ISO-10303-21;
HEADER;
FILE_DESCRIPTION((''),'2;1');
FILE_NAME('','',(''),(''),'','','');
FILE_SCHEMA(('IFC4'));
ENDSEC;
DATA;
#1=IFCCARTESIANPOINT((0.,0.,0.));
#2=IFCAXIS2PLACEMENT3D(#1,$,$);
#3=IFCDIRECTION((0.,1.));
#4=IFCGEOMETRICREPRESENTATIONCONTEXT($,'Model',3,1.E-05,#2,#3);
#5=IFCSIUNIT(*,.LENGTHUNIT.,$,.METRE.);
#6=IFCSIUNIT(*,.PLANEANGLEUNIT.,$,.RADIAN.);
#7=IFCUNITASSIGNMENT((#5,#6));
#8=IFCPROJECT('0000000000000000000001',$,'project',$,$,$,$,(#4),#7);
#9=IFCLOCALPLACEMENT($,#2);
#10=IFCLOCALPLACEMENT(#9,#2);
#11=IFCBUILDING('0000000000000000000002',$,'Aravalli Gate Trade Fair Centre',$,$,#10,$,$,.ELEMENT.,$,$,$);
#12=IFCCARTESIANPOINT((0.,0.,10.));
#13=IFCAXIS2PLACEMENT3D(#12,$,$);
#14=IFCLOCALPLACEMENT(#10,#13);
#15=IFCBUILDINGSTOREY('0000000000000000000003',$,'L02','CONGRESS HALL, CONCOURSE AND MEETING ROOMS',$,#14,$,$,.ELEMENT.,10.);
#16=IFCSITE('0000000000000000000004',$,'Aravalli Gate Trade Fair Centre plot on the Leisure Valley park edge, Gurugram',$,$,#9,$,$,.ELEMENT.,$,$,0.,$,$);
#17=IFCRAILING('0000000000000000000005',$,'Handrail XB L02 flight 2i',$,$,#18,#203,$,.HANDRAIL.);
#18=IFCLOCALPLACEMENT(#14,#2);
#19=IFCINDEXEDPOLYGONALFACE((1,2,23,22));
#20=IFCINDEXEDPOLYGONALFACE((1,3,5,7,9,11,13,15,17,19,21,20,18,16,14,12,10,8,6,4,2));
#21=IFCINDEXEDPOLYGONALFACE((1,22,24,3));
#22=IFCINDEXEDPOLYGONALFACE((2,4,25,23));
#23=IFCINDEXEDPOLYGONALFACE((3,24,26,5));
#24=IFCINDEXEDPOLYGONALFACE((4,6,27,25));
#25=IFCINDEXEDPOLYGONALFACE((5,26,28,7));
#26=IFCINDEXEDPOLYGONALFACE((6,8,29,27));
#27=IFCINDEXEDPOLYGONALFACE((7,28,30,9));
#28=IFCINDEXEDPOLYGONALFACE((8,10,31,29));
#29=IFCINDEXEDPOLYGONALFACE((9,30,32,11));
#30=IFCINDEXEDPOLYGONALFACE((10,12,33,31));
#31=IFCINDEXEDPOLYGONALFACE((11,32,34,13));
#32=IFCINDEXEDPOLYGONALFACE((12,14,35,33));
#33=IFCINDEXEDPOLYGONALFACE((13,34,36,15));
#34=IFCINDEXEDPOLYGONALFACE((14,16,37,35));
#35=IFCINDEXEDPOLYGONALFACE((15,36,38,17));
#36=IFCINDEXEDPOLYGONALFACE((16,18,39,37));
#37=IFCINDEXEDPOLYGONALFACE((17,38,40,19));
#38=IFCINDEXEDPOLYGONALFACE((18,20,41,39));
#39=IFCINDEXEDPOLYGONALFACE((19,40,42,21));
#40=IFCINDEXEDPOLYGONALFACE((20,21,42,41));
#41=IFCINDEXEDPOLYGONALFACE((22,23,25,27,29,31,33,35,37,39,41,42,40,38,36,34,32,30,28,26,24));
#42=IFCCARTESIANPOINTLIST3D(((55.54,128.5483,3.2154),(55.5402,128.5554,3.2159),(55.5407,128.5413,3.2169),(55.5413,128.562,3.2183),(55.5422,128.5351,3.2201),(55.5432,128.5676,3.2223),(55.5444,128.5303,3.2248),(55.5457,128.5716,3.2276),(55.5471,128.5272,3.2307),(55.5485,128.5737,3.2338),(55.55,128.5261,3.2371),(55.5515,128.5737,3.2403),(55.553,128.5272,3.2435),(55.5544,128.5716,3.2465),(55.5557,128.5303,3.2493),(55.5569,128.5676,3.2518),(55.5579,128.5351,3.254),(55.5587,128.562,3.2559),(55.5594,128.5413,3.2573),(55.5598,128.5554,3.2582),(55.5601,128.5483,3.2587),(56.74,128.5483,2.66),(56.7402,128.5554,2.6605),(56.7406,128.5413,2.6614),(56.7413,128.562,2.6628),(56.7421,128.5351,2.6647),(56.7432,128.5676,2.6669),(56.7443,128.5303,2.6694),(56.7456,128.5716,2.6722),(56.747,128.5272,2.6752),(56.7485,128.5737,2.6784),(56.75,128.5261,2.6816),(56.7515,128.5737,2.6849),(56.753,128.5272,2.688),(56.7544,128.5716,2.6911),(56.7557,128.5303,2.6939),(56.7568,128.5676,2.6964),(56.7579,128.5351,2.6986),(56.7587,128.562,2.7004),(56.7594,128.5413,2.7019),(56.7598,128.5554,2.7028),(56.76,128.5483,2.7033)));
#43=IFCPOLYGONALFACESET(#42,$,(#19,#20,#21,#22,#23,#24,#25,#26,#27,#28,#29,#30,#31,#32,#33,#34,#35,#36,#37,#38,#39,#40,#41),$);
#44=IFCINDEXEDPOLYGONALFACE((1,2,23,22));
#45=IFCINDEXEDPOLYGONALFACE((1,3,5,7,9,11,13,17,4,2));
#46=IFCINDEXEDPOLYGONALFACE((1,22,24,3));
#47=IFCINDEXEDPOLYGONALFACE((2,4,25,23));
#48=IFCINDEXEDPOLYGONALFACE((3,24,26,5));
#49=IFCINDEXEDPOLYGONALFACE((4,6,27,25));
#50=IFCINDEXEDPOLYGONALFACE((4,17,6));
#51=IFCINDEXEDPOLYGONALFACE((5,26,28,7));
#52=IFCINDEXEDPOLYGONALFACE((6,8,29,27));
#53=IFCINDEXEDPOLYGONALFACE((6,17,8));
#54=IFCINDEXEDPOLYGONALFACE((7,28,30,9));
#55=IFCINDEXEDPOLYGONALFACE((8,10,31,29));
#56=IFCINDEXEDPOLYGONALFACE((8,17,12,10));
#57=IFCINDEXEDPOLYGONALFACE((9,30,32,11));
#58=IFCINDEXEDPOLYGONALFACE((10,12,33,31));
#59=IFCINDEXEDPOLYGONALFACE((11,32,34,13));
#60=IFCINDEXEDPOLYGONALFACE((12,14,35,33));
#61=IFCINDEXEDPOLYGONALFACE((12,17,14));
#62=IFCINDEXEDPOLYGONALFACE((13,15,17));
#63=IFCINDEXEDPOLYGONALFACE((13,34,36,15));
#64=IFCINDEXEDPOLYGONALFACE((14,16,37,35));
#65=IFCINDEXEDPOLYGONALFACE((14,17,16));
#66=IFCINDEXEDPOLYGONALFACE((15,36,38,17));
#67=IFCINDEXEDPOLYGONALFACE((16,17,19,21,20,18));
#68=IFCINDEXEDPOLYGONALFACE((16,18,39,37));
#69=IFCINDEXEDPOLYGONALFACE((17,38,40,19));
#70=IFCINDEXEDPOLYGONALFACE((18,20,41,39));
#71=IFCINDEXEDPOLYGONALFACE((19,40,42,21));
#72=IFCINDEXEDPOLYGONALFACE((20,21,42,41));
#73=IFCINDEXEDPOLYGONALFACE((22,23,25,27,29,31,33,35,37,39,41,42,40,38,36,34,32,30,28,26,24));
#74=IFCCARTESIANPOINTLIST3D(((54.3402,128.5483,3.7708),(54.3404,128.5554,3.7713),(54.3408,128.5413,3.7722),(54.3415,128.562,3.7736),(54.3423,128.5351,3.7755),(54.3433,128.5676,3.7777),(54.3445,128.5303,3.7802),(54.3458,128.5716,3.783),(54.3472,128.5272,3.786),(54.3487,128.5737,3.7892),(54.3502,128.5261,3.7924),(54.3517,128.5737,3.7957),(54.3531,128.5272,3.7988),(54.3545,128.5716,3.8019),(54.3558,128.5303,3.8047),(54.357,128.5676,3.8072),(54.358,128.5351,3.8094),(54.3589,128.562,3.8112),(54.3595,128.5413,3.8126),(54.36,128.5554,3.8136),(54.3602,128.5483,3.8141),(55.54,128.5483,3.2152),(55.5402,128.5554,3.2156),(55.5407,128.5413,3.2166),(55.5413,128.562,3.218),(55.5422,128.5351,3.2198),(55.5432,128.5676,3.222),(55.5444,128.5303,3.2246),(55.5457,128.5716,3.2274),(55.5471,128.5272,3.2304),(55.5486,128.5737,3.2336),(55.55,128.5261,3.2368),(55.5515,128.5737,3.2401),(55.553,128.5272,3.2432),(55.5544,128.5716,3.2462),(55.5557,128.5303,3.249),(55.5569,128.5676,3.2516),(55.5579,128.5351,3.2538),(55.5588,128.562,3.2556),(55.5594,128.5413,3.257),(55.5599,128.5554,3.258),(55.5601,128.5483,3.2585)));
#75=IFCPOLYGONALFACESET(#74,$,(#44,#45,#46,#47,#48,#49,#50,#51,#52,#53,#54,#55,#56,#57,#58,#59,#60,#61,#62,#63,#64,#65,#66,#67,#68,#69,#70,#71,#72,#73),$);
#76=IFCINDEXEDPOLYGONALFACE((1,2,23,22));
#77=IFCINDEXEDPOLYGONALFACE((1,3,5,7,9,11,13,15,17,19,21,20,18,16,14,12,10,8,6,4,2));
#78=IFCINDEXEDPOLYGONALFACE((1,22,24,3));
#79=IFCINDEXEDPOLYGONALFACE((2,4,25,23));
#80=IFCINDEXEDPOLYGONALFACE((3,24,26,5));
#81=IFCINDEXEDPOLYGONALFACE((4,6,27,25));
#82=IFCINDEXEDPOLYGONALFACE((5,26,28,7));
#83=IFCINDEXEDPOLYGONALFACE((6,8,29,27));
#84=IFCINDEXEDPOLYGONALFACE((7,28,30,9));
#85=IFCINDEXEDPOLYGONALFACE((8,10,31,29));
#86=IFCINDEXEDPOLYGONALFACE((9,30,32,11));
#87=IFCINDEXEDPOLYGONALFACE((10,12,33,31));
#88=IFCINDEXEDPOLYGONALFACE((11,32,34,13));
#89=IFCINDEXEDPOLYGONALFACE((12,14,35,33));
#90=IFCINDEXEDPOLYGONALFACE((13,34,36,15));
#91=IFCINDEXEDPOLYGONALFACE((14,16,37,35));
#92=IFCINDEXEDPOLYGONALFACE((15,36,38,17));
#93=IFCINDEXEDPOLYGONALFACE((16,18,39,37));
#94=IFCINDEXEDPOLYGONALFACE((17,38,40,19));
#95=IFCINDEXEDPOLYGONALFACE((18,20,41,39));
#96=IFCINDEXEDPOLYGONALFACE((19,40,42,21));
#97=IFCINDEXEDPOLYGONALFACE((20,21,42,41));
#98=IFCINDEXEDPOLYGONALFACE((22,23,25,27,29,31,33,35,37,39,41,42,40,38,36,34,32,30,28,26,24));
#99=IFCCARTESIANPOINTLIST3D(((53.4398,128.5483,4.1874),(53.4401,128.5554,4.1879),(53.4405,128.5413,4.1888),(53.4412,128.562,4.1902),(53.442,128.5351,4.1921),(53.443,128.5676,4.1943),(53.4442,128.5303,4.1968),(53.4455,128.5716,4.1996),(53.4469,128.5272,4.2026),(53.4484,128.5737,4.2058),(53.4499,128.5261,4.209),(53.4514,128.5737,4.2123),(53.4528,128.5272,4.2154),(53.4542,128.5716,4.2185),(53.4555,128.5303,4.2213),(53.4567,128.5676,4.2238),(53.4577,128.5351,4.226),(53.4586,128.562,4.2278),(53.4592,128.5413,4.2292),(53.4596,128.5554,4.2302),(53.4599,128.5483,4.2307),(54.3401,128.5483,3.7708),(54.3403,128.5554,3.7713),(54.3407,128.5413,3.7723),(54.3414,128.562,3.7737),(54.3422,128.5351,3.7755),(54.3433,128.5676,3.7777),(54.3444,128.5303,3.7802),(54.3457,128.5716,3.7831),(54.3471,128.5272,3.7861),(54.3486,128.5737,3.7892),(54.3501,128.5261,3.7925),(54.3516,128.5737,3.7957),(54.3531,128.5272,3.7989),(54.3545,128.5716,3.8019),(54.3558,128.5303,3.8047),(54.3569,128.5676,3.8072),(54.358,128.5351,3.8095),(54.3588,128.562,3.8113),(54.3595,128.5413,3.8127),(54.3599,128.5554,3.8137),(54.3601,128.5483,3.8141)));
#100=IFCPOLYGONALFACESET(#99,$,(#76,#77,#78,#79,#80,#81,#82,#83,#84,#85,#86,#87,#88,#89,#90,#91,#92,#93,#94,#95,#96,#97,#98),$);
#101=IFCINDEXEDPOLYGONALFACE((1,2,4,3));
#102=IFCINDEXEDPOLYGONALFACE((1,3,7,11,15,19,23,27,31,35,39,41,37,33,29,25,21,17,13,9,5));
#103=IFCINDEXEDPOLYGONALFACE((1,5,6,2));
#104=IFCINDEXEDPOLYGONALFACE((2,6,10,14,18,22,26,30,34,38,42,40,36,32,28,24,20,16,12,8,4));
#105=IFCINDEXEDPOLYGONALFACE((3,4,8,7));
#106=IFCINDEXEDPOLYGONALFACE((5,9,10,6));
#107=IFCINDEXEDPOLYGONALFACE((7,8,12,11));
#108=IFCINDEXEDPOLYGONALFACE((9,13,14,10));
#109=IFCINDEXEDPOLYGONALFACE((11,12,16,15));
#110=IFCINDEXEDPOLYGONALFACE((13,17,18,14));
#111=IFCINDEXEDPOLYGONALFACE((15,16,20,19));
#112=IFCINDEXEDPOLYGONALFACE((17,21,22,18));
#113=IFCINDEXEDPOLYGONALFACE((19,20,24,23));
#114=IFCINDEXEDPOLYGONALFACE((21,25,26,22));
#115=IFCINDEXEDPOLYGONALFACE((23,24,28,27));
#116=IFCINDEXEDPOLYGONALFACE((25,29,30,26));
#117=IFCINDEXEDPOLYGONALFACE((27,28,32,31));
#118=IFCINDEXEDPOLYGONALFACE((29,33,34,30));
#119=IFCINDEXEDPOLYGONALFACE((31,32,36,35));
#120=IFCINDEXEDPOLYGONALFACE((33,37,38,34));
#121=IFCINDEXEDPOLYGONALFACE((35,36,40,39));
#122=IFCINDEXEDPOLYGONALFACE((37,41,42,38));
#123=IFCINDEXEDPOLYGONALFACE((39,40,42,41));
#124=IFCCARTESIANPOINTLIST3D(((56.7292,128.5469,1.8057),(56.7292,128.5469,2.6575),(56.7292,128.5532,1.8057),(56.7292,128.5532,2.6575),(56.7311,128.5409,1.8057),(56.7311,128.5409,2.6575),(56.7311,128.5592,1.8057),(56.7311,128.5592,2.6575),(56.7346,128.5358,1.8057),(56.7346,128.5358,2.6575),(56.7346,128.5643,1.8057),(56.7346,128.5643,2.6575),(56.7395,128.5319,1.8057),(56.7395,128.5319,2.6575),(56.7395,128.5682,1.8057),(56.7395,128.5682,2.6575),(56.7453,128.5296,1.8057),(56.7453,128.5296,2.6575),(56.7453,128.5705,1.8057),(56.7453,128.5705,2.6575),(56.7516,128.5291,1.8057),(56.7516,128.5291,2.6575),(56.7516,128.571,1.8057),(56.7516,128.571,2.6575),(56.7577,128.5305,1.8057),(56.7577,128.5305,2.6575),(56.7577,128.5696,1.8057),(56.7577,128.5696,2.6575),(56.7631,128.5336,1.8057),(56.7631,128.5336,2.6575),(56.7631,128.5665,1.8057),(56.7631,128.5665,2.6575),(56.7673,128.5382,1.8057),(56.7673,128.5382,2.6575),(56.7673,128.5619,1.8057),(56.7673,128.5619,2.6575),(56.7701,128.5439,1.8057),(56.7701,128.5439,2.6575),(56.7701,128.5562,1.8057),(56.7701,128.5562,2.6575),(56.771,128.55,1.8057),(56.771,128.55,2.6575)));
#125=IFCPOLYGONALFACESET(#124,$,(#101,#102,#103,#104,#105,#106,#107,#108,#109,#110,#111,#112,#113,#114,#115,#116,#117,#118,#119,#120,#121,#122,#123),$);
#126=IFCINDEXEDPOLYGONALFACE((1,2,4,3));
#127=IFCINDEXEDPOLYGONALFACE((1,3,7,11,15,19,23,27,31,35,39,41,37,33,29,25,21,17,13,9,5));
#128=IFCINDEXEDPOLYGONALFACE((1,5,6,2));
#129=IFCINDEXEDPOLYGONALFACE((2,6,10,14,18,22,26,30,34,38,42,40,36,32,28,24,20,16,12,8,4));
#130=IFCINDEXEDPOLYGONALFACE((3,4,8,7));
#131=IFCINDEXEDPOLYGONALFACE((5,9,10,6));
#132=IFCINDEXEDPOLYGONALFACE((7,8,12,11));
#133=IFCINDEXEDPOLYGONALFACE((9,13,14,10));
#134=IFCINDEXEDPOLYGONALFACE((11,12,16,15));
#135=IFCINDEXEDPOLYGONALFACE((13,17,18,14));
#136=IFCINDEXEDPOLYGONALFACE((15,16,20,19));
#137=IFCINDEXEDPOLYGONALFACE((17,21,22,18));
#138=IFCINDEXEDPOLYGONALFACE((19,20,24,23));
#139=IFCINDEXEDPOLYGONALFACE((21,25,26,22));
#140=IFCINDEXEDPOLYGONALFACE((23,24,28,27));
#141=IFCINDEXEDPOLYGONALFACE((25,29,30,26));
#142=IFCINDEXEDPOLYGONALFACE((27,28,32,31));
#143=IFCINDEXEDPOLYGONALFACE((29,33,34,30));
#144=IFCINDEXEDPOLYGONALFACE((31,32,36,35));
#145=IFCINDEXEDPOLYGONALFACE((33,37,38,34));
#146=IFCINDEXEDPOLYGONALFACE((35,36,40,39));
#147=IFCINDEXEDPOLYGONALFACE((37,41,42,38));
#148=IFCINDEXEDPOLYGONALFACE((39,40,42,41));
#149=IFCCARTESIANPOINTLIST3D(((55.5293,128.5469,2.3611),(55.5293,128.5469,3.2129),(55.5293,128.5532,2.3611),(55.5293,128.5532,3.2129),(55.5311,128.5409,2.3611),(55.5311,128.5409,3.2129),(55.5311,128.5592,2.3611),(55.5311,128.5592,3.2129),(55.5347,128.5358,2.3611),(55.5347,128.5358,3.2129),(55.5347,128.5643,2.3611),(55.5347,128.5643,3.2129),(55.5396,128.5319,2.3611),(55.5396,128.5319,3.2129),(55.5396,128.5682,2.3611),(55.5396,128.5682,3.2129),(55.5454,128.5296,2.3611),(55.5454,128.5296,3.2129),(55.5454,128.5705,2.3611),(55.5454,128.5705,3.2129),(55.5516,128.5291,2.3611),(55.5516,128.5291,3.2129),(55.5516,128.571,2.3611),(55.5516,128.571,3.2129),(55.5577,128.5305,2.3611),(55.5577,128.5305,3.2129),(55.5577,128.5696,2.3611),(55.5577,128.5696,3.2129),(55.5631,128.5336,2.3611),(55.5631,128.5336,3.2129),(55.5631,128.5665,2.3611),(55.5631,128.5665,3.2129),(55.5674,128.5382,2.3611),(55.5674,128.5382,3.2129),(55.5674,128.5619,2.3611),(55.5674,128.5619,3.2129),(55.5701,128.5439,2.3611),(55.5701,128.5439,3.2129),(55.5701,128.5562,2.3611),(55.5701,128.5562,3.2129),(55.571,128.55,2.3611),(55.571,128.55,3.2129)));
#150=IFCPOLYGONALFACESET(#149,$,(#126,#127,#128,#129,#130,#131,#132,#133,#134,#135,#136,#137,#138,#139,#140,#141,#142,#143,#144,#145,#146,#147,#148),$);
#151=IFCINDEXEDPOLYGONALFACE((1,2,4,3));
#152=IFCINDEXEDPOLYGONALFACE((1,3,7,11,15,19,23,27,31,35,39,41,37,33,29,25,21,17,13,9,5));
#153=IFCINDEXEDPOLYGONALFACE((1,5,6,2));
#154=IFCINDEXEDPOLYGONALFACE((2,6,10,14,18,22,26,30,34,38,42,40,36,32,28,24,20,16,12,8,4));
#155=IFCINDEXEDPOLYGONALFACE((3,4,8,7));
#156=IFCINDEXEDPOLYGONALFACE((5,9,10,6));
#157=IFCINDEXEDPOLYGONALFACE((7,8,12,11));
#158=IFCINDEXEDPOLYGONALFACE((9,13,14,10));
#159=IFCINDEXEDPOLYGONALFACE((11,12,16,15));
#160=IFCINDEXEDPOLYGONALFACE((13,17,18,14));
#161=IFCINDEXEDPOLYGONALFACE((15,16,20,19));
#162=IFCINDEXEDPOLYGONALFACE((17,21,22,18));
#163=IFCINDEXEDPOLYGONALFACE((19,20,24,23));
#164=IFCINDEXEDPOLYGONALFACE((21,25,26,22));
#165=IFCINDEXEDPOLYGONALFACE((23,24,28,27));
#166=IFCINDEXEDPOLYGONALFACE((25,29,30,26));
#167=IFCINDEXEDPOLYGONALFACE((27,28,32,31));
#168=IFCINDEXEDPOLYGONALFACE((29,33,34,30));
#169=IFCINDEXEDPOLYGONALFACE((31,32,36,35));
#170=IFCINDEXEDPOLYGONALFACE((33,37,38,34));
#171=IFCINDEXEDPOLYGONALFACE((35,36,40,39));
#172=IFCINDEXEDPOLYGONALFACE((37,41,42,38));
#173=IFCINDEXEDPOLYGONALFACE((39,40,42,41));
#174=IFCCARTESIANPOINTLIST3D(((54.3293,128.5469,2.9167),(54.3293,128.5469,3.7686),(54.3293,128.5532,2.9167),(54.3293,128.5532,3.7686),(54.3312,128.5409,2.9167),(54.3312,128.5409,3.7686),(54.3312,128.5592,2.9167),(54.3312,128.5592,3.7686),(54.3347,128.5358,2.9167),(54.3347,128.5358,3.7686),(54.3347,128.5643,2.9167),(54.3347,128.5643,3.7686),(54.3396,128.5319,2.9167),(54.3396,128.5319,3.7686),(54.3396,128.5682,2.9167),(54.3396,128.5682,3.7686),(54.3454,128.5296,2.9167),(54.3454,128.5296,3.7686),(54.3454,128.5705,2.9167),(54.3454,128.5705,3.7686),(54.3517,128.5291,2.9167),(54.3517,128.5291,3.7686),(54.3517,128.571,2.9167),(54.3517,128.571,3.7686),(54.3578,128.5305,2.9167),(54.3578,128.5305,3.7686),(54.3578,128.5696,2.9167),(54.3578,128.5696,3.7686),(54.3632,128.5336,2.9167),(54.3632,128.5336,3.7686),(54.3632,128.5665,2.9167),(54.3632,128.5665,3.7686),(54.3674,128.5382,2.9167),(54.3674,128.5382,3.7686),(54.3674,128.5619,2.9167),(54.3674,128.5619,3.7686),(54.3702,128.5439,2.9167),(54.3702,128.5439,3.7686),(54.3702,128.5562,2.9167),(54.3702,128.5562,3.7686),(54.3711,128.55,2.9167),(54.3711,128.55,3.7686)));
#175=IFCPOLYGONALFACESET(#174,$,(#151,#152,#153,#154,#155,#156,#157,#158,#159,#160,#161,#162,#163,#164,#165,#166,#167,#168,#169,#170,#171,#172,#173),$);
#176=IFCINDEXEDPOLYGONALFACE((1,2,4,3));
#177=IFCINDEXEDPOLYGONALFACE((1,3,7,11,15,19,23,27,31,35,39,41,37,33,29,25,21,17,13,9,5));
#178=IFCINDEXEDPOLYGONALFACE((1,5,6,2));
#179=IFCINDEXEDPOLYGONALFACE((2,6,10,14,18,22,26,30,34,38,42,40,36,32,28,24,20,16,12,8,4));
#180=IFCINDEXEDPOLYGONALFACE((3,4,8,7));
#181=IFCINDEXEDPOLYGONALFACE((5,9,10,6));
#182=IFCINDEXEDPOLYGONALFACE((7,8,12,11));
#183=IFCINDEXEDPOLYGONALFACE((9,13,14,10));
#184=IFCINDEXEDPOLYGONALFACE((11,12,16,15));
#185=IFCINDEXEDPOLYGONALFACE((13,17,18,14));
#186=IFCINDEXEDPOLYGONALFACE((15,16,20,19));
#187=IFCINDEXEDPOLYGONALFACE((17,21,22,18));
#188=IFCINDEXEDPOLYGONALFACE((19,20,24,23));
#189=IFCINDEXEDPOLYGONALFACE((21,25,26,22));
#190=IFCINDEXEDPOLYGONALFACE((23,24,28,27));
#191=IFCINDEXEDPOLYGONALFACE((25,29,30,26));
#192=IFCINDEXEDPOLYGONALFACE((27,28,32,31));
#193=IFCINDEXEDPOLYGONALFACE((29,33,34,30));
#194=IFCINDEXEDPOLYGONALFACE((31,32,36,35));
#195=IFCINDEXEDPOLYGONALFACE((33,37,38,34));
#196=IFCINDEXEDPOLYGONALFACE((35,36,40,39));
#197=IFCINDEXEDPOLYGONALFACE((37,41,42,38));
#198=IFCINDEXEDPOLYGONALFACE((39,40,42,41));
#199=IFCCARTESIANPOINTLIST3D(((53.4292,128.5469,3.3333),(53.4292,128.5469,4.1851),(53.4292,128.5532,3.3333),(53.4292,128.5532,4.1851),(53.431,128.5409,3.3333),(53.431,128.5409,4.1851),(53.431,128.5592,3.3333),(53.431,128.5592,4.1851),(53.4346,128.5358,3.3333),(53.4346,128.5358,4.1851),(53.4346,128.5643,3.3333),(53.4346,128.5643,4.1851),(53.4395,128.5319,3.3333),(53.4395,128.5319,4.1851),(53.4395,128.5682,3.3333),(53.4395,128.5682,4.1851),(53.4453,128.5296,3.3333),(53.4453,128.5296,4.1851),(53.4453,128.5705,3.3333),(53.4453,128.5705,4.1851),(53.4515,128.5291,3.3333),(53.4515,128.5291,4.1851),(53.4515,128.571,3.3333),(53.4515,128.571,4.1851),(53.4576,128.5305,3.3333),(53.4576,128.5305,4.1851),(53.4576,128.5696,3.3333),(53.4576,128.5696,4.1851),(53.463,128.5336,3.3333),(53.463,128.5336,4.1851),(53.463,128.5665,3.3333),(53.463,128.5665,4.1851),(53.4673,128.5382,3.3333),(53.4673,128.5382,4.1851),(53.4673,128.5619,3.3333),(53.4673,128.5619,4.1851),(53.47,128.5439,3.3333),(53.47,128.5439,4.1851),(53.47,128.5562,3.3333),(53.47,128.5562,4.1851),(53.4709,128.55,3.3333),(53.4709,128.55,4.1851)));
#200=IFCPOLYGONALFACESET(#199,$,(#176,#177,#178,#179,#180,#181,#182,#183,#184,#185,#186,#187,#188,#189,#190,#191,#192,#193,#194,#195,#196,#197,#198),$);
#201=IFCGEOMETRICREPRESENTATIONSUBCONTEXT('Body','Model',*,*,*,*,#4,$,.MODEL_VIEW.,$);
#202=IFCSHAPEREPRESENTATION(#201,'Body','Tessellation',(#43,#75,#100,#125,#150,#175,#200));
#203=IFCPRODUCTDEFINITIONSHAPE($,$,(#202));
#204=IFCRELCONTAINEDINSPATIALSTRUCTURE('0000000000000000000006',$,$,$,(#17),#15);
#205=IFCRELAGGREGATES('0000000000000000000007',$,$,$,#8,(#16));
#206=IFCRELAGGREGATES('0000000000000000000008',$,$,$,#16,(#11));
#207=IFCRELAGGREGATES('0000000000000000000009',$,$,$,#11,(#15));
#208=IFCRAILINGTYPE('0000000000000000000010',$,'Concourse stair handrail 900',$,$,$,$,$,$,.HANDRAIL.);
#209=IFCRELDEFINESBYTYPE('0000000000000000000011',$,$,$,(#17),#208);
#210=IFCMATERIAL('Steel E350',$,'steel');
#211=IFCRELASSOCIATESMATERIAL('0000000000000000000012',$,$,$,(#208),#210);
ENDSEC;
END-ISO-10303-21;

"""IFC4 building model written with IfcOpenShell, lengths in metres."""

from ifc_helpers import new_model, si_unit, direction, frame, origin, origin_2d, place, context, subcontext, project, spatial, circle, extrude, material, type_object, element, save


model = new_model("IFC4")

# Units and contexts
model_context = context("Model", 3, precision=1e-05, world=origin(), true_north=direction((0.0, 1.0)))
body_context = subcontext(model_context, "Body", "Model", "MODEL_VIEW")
ifc_project = project(units=[si_unit("LENGTHUNIT", "METRE"), si_unit("PLANEANGLEUNIT", "RADIAN")], contexts=[model_context])

# Site, building, storey
site_placement = place(None, origin())
site = spatial("IfcSite", under=ifc_project, at=site_placement, Name="Aravalli Gate Trade Fair Centre plot on the Leisure Valley park edge, Gurugram", CompositionType="ELEMENT", RefElevation=0.0)
building_placement = place(site_placement, origin())
building = spatial("IfcBuilding", under=site, at=building_placement, Name="Aravalli Gate Trade Fair Centre", CompositionType="ELEMENT")
storey_placement = place(building_placement, frame((0.0, 0.0, 10.0)))
storey = spatial("IfcBuildingStorey", under=building, at=storey_placement, Name="L02", Description="CONGRESS HALL, CONCOURSE AND MEETING ROOMS", CompositionType="ELEMENT", Elevation=10.0)

# Shared definitions
ifc_material_1 = material(Name="Steel E350", Category="steel")

# Railing
railing_type_1 = type_object("IfcRailingType", Name="Concourse stair handrail 900", PredefinedType="HANDRAIL", material=ifc_material_1)
for number, where, name in (
    (1, (56.75, 128.55, 1.8057), "Handrail XB L02 flight 2i"),
):
    element("IfcRailing", number, at=place(storey_placement, frame(where)), inside=storey, type_object=railing_type_1, Name=name, PredefinedType="HANDRAIL", context=body_context, shape_type="SweptSolid", body=[
        extrude(circle(Radius=0.0239, at=origin_2d()), frame((0.0, 0.0, 0.876), z_axis=(-0.907499, 0.0, 0.420053), x_axis=(0.0, -1.0, 0.0)), (0.0, 0.0, 1.0), 1.3223),
        extrude(circle(Radius=0.0239, at=origin_2d()), frame((-1.2, 0.0, 1.4312), z_axis=(-0.907429, 0.0, 0.420205), x_axis=(0.0, -1.0, 0.0)), (0.0, 0.0, 1.0), 1.3223),
        extrude(circle(Radius=0.0239, at=origin_2d()), frame((-2.3999, 0.0, 1.9868), z_axis=(-0.907556, 0.0, 0.419932), x_axis=(0.0, -1.0, 0.0)), (0.0, 0.0, 1.0), 0.9919),
        extrude(circle(Radius=0.021, at=origin_2d()), origin(), (0.0, 0.0, 1.0), 0.8518),
        extrude(circle(Radius=0.021, at=origin_2d()), frame((-1.2, 0.0, 0.5554)), (0.0, 0.0, 1.0), 0.8518),
        extrude(circle(Radius=0.021, at=origin_2d()), frame((-2.3999, 0.0, 1.1111)), (0.0, 0.0, 1.0), 0.8518),
        extrude(circle(Radius=0.021, at=origin_2d()), frame((-3.3, 0.0, 1.5276)), (0.0, 0.0, 1.0), 0.8518),
    ])

save(model, "model.ifc")
